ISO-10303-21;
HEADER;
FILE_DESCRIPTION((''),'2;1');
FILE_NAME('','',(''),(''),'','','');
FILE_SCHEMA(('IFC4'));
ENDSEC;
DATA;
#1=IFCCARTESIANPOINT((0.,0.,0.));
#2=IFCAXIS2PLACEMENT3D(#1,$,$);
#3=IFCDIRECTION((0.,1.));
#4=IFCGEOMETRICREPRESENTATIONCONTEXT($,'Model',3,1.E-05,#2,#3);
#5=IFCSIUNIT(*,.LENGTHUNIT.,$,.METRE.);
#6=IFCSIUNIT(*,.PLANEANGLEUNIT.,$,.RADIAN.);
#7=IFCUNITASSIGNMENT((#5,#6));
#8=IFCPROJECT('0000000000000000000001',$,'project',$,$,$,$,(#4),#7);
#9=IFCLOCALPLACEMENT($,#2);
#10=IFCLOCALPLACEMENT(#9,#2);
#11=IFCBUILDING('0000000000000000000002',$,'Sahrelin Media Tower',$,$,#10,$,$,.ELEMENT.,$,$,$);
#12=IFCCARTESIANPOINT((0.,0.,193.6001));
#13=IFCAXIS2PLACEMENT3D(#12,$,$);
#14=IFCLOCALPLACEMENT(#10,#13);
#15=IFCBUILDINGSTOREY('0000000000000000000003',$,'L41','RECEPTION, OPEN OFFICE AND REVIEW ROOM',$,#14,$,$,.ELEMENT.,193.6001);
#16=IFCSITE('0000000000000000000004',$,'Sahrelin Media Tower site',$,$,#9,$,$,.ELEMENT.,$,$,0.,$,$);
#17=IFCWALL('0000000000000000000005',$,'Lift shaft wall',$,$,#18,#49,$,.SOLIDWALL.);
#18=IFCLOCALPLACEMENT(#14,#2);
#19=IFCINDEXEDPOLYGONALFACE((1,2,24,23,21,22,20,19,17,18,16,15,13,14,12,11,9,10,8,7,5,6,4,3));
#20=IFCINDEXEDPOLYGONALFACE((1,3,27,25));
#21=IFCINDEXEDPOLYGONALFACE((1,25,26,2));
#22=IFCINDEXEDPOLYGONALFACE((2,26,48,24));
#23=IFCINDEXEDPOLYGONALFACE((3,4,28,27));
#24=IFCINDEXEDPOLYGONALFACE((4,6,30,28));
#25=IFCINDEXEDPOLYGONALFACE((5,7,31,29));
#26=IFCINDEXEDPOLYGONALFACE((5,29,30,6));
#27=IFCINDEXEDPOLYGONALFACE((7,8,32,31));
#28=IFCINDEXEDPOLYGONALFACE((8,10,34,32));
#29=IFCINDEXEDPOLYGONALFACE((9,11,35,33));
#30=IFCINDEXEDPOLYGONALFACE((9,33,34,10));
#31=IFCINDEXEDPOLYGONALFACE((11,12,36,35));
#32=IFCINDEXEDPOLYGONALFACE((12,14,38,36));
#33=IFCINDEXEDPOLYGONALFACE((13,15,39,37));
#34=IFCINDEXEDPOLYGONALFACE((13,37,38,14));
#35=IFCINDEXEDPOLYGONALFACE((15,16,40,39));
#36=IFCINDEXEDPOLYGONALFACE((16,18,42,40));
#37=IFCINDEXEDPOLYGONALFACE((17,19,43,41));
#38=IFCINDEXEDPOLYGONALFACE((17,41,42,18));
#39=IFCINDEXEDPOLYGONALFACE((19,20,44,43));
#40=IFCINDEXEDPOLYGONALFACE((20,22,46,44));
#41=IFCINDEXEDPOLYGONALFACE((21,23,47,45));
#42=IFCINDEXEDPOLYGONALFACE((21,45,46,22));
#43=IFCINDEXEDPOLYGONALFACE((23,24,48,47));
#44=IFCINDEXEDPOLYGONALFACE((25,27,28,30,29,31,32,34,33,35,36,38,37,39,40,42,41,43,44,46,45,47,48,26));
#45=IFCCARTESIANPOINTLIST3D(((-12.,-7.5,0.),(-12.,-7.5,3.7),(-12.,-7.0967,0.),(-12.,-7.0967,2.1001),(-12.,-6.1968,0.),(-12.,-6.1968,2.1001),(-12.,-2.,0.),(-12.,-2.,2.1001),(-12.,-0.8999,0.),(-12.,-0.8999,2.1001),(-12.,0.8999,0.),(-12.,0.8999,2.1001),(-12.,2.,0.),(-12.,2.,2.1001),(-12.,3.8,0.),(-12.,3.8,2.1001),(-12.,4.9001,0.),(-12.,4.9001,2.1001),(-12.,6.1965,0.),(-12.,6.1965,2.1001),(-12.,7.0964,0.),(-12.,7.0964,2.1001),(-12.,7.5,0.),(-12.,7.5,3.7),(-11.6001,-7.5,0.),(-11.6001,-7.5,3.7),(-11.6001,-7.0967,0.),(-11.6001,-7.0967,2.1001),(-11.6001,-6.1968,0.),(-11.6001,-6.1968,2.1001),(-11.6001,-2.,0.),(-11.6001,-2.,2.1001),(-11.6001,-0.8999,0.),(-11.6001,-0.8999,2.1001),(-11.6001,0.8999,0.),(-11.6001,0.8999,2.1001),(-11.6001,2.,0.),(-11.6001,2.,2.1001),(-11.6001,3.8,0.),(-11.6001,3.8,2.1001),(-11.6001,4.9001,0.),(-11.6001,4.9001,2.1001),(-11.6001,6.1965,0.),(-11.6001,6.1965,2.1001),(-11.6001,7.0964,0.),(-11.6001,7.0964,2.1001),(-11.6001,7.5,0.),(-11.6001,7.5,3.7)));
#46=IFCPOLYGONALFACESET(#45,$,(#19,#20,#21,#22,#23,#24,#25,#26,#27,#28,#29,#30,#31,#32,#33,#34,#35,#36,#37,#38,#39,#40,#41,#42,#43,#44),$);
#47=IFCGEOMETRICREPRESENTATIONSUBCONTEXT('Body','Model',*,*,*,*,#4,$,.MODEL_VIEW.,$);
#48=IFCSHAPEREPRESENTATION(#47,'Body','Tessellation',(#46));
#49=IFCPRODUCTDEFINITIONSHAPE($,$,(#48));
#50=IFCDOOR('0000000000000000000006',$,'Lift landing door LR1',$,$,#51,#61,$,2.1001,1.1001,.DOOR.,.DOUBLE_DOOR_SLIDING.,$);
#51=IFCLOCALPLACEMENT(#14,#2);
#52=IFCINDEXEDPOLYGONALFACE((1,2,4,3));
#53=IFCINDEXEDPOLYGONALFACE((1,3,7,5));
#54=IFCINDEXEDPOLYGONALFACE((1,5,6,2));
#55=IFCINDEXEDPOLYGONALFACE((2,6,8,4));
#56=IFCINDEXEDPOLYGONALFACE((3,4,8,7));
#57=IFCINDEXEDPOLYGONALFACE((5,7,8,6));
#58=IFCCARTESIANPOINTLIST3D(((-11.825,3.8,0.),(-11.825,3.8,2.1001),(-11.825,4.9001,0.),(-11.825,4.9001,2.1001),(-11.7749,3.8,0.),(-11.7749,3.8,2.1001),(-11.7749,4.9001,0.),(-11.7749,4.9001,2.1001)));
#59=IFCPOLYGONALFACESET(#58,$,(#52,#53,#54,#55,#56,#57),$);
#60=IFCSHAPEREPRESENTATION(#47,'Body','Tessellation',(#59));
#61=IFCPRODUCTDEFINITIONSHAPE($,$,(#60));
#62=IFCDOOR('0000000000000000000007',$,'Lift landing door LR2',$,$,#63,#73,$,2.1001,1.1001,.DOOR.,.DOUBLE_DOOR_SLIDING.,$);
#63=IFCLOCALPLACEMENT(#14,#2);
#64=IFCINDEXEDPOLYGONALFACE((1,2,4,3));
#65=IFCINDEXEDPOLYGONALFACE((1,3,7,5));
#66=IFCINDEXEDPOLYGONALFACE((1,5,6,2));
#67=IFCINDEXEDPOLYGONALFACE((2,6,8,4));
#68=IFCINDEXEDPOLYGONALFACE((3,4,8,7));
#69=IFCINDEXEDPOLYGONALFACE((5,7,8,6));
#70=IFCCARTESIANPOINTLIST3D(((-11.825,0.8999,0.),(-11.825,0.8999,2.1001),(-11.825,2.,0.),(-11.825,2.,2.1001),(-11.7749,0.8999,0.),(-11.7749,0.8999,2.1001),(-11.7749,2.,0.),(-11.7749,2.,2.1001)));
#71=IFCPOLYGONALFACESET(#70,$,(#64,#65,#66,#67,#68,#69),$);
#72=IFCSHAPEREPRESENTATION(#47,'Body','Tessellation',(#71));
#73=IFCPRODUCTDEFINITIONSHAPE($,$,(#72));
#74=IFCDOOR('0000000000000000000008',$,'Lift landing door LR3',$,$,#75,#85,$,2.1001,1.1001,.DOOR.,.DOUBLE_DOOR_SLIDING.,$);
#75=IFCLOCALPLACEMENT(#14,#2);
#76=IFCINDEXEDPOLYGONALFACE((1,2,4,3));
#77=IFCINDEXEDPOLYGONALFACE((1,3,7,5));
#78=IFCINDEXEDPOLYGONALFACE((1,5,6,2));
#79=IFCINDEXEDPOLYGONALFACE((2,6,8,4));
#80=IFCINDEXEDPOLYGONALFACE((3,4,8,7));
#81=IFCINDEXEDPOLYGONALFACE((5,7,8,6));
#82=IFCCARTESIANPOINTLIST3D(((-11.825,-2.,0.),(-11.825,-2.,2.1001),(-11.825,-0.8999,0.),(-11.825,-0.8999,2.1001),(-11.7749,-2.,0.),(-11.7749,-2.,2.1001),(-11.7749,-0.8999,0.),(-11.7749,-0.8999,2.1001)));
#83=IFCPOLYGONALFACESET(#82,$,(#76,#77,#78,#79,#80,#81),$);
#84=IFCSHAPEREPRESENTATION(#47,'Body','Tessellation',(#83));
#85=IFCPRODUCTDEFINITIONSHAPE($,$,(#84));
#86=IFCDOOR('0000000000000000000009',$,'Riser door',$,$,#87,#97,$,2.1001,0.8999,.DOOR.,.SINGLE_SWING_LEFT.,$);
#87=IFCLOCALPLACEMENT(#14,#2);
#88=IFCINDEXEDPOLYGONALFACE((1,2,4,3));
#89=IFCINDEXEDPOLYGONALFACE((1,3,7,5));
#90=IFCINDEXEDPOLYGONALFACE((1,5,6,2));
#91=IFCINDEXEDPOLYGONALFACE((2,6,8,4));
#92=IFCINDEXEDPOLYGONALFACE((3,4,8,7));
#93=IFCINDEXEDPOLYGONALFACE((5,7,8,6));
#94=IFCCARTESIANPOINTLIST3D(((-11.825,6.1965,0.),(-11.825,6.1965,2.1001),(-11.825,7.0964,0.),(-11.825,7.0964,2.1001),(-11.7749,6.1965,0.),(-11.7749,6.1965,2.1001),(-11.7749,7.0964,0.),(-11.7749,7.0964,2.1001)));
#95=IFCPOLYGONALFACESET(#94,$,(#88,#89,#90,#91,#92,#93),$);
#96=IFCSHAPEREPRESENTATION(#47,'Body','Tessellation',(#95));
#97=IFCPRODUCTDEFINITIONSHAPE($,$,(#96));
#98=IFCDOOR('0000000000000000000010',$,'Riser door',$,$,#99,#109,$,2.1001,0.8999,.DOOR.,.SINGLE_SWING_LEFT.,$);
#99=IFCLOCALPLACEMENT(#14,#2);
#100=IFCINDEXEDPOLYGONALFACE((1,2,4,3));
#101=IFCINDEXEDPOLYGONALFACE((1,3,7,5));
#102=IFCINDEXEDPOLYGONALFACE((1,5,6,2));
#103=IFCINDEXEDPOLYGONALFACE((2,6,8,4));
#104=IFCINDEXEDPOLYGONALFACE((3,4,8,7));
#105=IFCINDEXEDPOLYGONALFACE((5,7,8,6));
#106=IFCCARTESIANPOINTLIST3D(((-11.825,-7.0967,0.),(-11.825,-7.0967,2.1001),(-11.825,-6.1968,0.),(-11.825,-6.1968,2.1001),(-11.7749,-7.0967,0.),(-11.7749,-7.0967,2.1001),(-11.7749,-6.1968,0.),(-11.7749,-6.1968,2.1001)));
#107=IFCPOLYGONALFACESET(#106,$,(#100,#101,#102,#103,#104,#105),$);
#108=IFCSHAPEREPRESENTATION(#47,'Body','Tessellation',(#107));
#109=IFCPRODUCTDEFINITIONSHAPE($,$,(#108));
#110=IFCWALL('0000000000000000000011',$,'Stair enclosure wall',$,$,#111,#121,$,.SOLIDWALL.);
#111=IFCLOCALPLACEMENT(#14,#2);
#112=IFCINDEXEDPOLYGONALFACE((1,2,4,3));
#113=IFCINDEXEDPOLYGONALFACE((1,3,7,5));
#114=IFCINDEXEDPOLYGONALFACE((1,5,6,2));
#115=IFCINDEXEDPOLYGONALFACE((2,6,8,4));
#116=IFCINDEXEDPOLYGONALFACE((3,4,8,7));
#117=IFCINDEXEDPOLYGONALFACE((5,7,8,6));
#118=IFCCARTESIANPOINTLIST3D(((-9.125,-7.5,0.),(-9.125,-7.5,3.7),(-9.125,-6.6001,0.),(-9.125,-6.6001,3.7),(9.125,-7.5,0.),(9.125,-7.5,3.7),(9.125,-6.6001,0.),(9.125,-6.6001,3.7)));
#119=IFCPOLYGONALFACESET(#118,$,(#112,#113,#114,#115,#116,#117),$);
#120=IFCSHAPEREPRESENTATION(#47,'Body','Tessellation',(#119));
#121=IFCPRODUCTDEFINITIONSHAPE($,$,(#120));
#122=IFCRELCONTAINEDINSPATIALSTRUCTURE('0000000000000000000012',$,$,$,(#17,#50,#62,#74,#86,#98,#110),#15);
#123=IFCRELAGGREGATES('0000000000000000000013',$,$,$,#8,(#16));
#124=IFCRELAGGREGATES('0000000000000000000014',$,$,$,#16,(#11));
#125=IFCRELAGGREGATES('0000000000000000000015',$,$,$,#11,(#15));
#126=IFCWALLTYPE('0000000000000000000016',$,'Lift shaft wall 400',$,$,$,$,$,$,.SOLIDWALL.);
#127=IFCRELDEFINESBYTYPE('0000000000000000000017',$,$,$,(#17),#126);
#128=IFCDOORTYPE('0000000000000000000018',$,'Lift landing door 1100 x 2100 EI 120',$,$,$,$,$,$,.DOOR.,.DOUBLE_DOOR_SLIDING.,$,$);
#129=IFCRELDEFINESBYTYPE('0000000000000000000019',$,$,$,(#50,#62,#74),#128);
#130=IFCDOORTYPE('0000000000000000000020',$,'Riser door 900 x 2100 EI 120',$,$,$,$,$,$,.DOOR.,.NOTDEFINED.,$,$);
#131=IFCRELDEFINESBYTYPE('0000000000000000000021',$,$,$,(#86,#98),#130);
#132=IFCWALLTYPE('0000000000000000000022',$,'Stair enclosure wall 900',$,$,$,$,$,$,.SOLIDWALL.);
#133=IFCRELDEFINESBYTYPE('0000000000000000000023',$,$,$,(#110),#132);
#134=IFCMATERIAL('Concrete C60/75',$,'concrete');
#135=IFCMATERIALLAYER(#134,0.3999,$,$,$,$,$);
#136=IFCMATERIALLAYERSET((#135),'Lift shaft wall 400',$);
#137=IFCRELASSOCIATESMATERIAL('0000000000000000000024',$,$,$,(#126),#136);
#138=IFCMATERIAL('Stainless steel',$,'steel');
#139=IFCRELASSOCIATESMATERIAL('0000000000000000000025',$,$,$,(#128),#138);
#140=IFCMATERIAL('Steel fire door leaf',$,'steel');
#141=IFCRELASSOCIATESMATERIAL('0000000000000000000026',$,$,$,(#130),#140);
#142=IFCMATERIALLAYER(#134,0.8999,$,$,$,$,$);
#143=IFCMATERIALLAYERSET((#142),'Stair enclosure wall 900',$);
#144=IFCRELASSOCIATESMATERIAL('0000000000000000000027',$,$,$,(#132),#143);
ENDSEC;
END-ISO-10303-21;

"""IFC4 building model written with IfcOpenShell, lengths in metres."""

from ifc_helpers import new_model, si_unit, direction, frame, frame_2d, origin, place, context, subcontext, project, spatial, rectangle, extrude, material, layer, layer_set, type_object, element, fill, save


model = new_model("IFC4")

# Units and contexts
model_context = context("Model", 3, precision=1e-05, world=origin(), true_north=direction((0.0, 1.0)))
body_context = subcontext(model_context, "Body", "Model", "MODEL_VIEW")
ifc_project = project(units=[si_unit("LENGTHUNIT", "METRE"), si_unit("PLANEANGLEUNIT", "RADIAN")], contexts=[model_context])

# Site, building, storey
site_placement = place(None, origin())
site = spatial("IfcSite", under=ifc_project, at=site_placement, Name="Sahrelin Media Tower site", CompositionType="ELEMENT", RefElevation=0.0)
building_placement = place(site_placement, origin())
building = spatial("IfcBuilding", under=site, at=building_placement, Name="Sahrelin Media Tower", CompositionType="ELEMENT")
storey_placement = place(building_placement, frame((0.0, 0.0, 193.6001)))
storey = spatial("IfcBuildingStorey", under=building, at=storey_placement, Name="L41", Description="RECEPTION, OPEN OFFICE AND REVIEW ROOM", CompositionType="ELEMENT", Elevation=193.6001)

# Shared definitions
ifc_material_1 = material(Name="Concrete C60/75", Category="concrete")
ifc_material_2 = material(Name="Steel fire door leaf", Category="steel")

# Wall, openings, doors
ifc_layer_1 = layer(ifc_material_1, 0.3999)
ifc_layer_set_1 = layer_set([ifc_layer_1], Name="Lift shaft wall 400")
wall_type_1 = type_object("IfcWallType", Name="Lift shaft wall 400", PredefinedType="SOLIDWALL", material=ifc_layer_set_1)
wall_1_placement = place(storey_placement, frame((-11.8, -7.5, 0.0), z_axis=(0.0, 0.0, 1.0), x_axis=(0.0, 1.0, 0.0)))
wall_1 = element("IfcWall", 1, at=wall_1_placement, inside=storey, type_object=wall_type_1, Name="Lift shaft wall", PredefinedType="SOLIDWALL", context=body_context, shape_type="SweptSolid", body=[
    extrude(rectangle(XDim=15.0, YDim=0.3999, at=frame_2d((7.5, 0.0))), origin(), (0.0, 0.0, 1.0), 3.7),
])
opening_1_placement = place(wall_1_placement, frame((11.3, 0.0, 0.0)))
opening_1 = element("IfcOpeningElement", 2, at=opening_1_placement, cuts=wall_1, PredefinedType="OPENING", context=body_context, shape_type="SweptSolid", body=[
    extrude(rectangle(XDim=1.1001, YDim=2.1001, at=frame_2d((0.55, 1.05))), frame((0.0, 0.2, 0.0), z_axis=(0.0, -1.0, 0.0), x_axis=(1.0, 0.0, 0.0)), (0.0, 0.0, 1.0), 0.3999),
])
opening_2_placement = place(wall_1_placement, frame((8.3999, 0.0, 0.0)))
opening_2 = element("IfcOpeningElement", 3, at=opening_2_placement, cuts=wall_1, PredefinedType="OPENING", context=body_context, shape_type="SweptSolid", body=[
    extrude(rectangle(XDim=1.1001, YDim=2.1001, at=frame_2d((0.55, 1.05))), frame((0.0, 0.2, 0.0), z_axis=(0.0, -1.0, 0.0), x_axis=(1.0, 0.0, 0.0)), (0.0, 0.0, 1.0), 0.3999),
])
opening_3_placement = place(wall_1_placement, frame((5.5, 0.0, 0.0)))
opening_3 = element("IfcOpeningElement", 4, at=opening_3_placement, cuts=wall_1, PredefinedType="OPENING", context=body_context, shape_type="SweptSolid", body=[
    extrude(rectangle(XDim=1.1001, YDim=2.1001, at=frame_2d((0.55, 1.05))), frame((0.0, 0.2, 0.0), z_axis=(0.0, -1.0, 0.0), x_axis=(1.0, 0.0, 0.0)), (0.0, 0.0, 1.0), 0.3999),
])
opening_4_placement = place(wall_1_placement, frame((13.6965, 0.0, 0.0)))
opening_4 = element("IfcOpeningElement", 5, at=opening_4_placement, cuts=wall_1, PredefinedType="OPENING", context=body_context, shape_type="SweptSolid", body=[
    extrude(rectangle(XDim=0.8999, YDim=2.1001, at=frame_2d((0.45, 1.05))), frame((0.0, 0.2, 0.0), z_axis=(0.0, -1.0, 0.0), x_axis=(1.0, 0.0, 0.0)), (0.0, 0.0, 1.0), 0.3999),
])
opening_5_placement = place(wall_1_placement, frame((0.4033, 0.0, 0.0)))
opening_5 = element("IfcOpeningElement", 6, at=opening_5_placement, cuts=wall_1, PredefinedType="OPENING", context=body_context, shape_type="SweptSolid", body=[
    extrude(rectangle(XDim=0.8999, YDim=2.1001, at=frame_2d((0.45, 1.05))), frame((0.0, 0.2, 0.0), z_axis=(0.0, -1.0, 0.0), x_axis=(1.0, 0.0, 0.0)), (0.0, 0.0, 1.0), 0.3999),
])
ifc_material_3 = material(Name="Stainless steel", Category="steel")
door_type_1 = type_object("IfcDoorType", Name="Lift landing door 1100 x 2100 EI 120", OperationType="DOUBLE_DOOR_SLIDING", PredefinedType="DOOR", material=ifc_material_3)
door_1_placement = place(opening_1_placement, origin())
door_1 = element("IfcDoor", 7, at=door_1_placement, inside=storey, type_object=door_type_1, Name="Lift landing door LR1", OperationType="DOUBLE_DOOR_SLIDING", OverallHeight=2.1001, OverallWidth=1.1001, PredefinedType="DOOR", context=body_context, shape_type="SweptSolid", body=[
    extrude(rectangle(XDim=1.1001, YDim=2.1001, at=frame_2d((0.55, 1.05))), frame((0.0, 0.0249, 0.0), z_axis=(0.0, -1.0, 0.0), x_axis=(1.0, 0.0, 0.0)), (0.0, 0.0, 1.0), 0.05),
])
fill(opening_1, door_1)
door_2_placement = place(opening_2_placement, origin())
door_2 = element("IfcDoor", 8, at=door_2_placement, inside=storey, type_object=door_type_1, Name="Lift landing door LR2", OperationType="DOUBLE_DOOR_SLIDING", OverallHeight=2.1001, OverallWidth=1.1001, PredefinedType="DOOR", context=body_context, shape_type="SweptSolid", body=[
    extrude(rectangle(XDim=1.1001, YDim=2.1001, at=frame_2d((0.55, 1.05))), frame((0.0, 0.0249, 0.0), z_axis=(0.0, -1.0, 0.0), x_axis=(1.0, 0.0, 0.0)), (0.0, 0.0, 1.0), 0.05),
])
fill(opening_2, door_2)
door_3_placement = place(opening_3_placement, origin())
door_3 = element("IfcDoor", 9, at=door_3_placement, inside=storey, type_object=door_type_1, Name="Lift landing door LR3", OperationType="DOUBLE_DOOR_SLIDING", OverallHeight=2.1001, OverallWidth=1.1001, PredefinedType="DOOR", context=body_context, shape_type="SweptSolid", body=[
    extrude(rectangle(XDim=1.1001, YDim=2.1001, at=frame_2d((0.55, 1.05))), frame((0.0, 0.0249, 0.0), z_axis=(0.0, -1.0, 0.0), x_axis=(1.0, 0.0, 0.0)), (0.0, 0.0, 1.0), 0.05),
])
fill(opening_3, door_3)
door_type_2 = type_object("IfcDoorType", Name="Riser door 900 x 2100 EI 120", OperationType="NOTDEFINED", PredefinedType="DOOR", material=ifc_material_2)
door_4_placement = place(opening_4_placement, origin())
door_4 = element("IfcDoor", 10, at=door_4_placement, inside=storey, type_object=door_type_2, Name="Riser door", OperationType="SINGLE_SWING_LEFT", OverallHeight=2.1001, OverallWidth=0.8999, PredefinedType="DOOR", context=body_context, shape_type="SweptSolid", body=[
    extrude(rectangle(XDim=0.8999, YDim=2.1001, at=frame_2d((0.45, 1.05))), frame((0.0, 0.0249, 0.0), z_axis=(0.0, -1.0, 0.0), x_axis=(1.0, 0.0, 0.0)), (0.0, 0.0, 1.0), 0.05),
])
fill(opening_4, door_4)
door_5_placement = place(opening_5_placement, origin())
door_5 = element("IfcDoor", 11, at=door_5_placement, inside=storey, type_object=door_type_2, Name="Riser door", OperationType="SINGLE_SWING_LEFT", OverallHeight=2.1001, OverallWidth=0.8999, PredefinedType="DOOR", context=body_context, shape_type="SweptSolid", body=[
    extrude(rectangle(XDim=0.8999, YDim=2.1001, at=frame_2d((0.45, 1.05))), frame((0.0, 0.0249, 0.0), z_axis=(0.0, -1.0, 0.0), x_axis=(1.0, 0.0, 0.0)), (0.0, 0.0, 1.0), 0.05),
])
fill(opening_5, door_5)

# Wall
ifc_layer_2 = layer(ifc_material_1, 0.8999)
ifc_layer_set_2 = layer_set([ifc_layer_2], Name="Stair enclosure wall 900")
wall_type_2 = type_object("IfcWallType", Name="Stair enclosure wall 900", PredefinedType="SOLIDWALL", material=ifc_layer_set_2)
wall_2_placement = place(storey_placement, frame((-9.125, -7.05, 0.0), z_axis=(0.0, 0.0, 1.0), x_axis=(1.0, 0.0, 0.0)))
element("IfcWall", 12, at=wall_2_placement, inside=storey, type_object=wall_type_2, Name="Stair enclosure wall", PredefinedType="SOLIDWALL", context=body_context, shape_type="SweptSolid", body=[
    extrude(rectangle(XDim=18.25, YDim=0.8999, at=frame_2d((9.125, 0.0))), origin(), (0.0, 0.0, 1.0), 3.7),
])

save(model, "model.ifc")
